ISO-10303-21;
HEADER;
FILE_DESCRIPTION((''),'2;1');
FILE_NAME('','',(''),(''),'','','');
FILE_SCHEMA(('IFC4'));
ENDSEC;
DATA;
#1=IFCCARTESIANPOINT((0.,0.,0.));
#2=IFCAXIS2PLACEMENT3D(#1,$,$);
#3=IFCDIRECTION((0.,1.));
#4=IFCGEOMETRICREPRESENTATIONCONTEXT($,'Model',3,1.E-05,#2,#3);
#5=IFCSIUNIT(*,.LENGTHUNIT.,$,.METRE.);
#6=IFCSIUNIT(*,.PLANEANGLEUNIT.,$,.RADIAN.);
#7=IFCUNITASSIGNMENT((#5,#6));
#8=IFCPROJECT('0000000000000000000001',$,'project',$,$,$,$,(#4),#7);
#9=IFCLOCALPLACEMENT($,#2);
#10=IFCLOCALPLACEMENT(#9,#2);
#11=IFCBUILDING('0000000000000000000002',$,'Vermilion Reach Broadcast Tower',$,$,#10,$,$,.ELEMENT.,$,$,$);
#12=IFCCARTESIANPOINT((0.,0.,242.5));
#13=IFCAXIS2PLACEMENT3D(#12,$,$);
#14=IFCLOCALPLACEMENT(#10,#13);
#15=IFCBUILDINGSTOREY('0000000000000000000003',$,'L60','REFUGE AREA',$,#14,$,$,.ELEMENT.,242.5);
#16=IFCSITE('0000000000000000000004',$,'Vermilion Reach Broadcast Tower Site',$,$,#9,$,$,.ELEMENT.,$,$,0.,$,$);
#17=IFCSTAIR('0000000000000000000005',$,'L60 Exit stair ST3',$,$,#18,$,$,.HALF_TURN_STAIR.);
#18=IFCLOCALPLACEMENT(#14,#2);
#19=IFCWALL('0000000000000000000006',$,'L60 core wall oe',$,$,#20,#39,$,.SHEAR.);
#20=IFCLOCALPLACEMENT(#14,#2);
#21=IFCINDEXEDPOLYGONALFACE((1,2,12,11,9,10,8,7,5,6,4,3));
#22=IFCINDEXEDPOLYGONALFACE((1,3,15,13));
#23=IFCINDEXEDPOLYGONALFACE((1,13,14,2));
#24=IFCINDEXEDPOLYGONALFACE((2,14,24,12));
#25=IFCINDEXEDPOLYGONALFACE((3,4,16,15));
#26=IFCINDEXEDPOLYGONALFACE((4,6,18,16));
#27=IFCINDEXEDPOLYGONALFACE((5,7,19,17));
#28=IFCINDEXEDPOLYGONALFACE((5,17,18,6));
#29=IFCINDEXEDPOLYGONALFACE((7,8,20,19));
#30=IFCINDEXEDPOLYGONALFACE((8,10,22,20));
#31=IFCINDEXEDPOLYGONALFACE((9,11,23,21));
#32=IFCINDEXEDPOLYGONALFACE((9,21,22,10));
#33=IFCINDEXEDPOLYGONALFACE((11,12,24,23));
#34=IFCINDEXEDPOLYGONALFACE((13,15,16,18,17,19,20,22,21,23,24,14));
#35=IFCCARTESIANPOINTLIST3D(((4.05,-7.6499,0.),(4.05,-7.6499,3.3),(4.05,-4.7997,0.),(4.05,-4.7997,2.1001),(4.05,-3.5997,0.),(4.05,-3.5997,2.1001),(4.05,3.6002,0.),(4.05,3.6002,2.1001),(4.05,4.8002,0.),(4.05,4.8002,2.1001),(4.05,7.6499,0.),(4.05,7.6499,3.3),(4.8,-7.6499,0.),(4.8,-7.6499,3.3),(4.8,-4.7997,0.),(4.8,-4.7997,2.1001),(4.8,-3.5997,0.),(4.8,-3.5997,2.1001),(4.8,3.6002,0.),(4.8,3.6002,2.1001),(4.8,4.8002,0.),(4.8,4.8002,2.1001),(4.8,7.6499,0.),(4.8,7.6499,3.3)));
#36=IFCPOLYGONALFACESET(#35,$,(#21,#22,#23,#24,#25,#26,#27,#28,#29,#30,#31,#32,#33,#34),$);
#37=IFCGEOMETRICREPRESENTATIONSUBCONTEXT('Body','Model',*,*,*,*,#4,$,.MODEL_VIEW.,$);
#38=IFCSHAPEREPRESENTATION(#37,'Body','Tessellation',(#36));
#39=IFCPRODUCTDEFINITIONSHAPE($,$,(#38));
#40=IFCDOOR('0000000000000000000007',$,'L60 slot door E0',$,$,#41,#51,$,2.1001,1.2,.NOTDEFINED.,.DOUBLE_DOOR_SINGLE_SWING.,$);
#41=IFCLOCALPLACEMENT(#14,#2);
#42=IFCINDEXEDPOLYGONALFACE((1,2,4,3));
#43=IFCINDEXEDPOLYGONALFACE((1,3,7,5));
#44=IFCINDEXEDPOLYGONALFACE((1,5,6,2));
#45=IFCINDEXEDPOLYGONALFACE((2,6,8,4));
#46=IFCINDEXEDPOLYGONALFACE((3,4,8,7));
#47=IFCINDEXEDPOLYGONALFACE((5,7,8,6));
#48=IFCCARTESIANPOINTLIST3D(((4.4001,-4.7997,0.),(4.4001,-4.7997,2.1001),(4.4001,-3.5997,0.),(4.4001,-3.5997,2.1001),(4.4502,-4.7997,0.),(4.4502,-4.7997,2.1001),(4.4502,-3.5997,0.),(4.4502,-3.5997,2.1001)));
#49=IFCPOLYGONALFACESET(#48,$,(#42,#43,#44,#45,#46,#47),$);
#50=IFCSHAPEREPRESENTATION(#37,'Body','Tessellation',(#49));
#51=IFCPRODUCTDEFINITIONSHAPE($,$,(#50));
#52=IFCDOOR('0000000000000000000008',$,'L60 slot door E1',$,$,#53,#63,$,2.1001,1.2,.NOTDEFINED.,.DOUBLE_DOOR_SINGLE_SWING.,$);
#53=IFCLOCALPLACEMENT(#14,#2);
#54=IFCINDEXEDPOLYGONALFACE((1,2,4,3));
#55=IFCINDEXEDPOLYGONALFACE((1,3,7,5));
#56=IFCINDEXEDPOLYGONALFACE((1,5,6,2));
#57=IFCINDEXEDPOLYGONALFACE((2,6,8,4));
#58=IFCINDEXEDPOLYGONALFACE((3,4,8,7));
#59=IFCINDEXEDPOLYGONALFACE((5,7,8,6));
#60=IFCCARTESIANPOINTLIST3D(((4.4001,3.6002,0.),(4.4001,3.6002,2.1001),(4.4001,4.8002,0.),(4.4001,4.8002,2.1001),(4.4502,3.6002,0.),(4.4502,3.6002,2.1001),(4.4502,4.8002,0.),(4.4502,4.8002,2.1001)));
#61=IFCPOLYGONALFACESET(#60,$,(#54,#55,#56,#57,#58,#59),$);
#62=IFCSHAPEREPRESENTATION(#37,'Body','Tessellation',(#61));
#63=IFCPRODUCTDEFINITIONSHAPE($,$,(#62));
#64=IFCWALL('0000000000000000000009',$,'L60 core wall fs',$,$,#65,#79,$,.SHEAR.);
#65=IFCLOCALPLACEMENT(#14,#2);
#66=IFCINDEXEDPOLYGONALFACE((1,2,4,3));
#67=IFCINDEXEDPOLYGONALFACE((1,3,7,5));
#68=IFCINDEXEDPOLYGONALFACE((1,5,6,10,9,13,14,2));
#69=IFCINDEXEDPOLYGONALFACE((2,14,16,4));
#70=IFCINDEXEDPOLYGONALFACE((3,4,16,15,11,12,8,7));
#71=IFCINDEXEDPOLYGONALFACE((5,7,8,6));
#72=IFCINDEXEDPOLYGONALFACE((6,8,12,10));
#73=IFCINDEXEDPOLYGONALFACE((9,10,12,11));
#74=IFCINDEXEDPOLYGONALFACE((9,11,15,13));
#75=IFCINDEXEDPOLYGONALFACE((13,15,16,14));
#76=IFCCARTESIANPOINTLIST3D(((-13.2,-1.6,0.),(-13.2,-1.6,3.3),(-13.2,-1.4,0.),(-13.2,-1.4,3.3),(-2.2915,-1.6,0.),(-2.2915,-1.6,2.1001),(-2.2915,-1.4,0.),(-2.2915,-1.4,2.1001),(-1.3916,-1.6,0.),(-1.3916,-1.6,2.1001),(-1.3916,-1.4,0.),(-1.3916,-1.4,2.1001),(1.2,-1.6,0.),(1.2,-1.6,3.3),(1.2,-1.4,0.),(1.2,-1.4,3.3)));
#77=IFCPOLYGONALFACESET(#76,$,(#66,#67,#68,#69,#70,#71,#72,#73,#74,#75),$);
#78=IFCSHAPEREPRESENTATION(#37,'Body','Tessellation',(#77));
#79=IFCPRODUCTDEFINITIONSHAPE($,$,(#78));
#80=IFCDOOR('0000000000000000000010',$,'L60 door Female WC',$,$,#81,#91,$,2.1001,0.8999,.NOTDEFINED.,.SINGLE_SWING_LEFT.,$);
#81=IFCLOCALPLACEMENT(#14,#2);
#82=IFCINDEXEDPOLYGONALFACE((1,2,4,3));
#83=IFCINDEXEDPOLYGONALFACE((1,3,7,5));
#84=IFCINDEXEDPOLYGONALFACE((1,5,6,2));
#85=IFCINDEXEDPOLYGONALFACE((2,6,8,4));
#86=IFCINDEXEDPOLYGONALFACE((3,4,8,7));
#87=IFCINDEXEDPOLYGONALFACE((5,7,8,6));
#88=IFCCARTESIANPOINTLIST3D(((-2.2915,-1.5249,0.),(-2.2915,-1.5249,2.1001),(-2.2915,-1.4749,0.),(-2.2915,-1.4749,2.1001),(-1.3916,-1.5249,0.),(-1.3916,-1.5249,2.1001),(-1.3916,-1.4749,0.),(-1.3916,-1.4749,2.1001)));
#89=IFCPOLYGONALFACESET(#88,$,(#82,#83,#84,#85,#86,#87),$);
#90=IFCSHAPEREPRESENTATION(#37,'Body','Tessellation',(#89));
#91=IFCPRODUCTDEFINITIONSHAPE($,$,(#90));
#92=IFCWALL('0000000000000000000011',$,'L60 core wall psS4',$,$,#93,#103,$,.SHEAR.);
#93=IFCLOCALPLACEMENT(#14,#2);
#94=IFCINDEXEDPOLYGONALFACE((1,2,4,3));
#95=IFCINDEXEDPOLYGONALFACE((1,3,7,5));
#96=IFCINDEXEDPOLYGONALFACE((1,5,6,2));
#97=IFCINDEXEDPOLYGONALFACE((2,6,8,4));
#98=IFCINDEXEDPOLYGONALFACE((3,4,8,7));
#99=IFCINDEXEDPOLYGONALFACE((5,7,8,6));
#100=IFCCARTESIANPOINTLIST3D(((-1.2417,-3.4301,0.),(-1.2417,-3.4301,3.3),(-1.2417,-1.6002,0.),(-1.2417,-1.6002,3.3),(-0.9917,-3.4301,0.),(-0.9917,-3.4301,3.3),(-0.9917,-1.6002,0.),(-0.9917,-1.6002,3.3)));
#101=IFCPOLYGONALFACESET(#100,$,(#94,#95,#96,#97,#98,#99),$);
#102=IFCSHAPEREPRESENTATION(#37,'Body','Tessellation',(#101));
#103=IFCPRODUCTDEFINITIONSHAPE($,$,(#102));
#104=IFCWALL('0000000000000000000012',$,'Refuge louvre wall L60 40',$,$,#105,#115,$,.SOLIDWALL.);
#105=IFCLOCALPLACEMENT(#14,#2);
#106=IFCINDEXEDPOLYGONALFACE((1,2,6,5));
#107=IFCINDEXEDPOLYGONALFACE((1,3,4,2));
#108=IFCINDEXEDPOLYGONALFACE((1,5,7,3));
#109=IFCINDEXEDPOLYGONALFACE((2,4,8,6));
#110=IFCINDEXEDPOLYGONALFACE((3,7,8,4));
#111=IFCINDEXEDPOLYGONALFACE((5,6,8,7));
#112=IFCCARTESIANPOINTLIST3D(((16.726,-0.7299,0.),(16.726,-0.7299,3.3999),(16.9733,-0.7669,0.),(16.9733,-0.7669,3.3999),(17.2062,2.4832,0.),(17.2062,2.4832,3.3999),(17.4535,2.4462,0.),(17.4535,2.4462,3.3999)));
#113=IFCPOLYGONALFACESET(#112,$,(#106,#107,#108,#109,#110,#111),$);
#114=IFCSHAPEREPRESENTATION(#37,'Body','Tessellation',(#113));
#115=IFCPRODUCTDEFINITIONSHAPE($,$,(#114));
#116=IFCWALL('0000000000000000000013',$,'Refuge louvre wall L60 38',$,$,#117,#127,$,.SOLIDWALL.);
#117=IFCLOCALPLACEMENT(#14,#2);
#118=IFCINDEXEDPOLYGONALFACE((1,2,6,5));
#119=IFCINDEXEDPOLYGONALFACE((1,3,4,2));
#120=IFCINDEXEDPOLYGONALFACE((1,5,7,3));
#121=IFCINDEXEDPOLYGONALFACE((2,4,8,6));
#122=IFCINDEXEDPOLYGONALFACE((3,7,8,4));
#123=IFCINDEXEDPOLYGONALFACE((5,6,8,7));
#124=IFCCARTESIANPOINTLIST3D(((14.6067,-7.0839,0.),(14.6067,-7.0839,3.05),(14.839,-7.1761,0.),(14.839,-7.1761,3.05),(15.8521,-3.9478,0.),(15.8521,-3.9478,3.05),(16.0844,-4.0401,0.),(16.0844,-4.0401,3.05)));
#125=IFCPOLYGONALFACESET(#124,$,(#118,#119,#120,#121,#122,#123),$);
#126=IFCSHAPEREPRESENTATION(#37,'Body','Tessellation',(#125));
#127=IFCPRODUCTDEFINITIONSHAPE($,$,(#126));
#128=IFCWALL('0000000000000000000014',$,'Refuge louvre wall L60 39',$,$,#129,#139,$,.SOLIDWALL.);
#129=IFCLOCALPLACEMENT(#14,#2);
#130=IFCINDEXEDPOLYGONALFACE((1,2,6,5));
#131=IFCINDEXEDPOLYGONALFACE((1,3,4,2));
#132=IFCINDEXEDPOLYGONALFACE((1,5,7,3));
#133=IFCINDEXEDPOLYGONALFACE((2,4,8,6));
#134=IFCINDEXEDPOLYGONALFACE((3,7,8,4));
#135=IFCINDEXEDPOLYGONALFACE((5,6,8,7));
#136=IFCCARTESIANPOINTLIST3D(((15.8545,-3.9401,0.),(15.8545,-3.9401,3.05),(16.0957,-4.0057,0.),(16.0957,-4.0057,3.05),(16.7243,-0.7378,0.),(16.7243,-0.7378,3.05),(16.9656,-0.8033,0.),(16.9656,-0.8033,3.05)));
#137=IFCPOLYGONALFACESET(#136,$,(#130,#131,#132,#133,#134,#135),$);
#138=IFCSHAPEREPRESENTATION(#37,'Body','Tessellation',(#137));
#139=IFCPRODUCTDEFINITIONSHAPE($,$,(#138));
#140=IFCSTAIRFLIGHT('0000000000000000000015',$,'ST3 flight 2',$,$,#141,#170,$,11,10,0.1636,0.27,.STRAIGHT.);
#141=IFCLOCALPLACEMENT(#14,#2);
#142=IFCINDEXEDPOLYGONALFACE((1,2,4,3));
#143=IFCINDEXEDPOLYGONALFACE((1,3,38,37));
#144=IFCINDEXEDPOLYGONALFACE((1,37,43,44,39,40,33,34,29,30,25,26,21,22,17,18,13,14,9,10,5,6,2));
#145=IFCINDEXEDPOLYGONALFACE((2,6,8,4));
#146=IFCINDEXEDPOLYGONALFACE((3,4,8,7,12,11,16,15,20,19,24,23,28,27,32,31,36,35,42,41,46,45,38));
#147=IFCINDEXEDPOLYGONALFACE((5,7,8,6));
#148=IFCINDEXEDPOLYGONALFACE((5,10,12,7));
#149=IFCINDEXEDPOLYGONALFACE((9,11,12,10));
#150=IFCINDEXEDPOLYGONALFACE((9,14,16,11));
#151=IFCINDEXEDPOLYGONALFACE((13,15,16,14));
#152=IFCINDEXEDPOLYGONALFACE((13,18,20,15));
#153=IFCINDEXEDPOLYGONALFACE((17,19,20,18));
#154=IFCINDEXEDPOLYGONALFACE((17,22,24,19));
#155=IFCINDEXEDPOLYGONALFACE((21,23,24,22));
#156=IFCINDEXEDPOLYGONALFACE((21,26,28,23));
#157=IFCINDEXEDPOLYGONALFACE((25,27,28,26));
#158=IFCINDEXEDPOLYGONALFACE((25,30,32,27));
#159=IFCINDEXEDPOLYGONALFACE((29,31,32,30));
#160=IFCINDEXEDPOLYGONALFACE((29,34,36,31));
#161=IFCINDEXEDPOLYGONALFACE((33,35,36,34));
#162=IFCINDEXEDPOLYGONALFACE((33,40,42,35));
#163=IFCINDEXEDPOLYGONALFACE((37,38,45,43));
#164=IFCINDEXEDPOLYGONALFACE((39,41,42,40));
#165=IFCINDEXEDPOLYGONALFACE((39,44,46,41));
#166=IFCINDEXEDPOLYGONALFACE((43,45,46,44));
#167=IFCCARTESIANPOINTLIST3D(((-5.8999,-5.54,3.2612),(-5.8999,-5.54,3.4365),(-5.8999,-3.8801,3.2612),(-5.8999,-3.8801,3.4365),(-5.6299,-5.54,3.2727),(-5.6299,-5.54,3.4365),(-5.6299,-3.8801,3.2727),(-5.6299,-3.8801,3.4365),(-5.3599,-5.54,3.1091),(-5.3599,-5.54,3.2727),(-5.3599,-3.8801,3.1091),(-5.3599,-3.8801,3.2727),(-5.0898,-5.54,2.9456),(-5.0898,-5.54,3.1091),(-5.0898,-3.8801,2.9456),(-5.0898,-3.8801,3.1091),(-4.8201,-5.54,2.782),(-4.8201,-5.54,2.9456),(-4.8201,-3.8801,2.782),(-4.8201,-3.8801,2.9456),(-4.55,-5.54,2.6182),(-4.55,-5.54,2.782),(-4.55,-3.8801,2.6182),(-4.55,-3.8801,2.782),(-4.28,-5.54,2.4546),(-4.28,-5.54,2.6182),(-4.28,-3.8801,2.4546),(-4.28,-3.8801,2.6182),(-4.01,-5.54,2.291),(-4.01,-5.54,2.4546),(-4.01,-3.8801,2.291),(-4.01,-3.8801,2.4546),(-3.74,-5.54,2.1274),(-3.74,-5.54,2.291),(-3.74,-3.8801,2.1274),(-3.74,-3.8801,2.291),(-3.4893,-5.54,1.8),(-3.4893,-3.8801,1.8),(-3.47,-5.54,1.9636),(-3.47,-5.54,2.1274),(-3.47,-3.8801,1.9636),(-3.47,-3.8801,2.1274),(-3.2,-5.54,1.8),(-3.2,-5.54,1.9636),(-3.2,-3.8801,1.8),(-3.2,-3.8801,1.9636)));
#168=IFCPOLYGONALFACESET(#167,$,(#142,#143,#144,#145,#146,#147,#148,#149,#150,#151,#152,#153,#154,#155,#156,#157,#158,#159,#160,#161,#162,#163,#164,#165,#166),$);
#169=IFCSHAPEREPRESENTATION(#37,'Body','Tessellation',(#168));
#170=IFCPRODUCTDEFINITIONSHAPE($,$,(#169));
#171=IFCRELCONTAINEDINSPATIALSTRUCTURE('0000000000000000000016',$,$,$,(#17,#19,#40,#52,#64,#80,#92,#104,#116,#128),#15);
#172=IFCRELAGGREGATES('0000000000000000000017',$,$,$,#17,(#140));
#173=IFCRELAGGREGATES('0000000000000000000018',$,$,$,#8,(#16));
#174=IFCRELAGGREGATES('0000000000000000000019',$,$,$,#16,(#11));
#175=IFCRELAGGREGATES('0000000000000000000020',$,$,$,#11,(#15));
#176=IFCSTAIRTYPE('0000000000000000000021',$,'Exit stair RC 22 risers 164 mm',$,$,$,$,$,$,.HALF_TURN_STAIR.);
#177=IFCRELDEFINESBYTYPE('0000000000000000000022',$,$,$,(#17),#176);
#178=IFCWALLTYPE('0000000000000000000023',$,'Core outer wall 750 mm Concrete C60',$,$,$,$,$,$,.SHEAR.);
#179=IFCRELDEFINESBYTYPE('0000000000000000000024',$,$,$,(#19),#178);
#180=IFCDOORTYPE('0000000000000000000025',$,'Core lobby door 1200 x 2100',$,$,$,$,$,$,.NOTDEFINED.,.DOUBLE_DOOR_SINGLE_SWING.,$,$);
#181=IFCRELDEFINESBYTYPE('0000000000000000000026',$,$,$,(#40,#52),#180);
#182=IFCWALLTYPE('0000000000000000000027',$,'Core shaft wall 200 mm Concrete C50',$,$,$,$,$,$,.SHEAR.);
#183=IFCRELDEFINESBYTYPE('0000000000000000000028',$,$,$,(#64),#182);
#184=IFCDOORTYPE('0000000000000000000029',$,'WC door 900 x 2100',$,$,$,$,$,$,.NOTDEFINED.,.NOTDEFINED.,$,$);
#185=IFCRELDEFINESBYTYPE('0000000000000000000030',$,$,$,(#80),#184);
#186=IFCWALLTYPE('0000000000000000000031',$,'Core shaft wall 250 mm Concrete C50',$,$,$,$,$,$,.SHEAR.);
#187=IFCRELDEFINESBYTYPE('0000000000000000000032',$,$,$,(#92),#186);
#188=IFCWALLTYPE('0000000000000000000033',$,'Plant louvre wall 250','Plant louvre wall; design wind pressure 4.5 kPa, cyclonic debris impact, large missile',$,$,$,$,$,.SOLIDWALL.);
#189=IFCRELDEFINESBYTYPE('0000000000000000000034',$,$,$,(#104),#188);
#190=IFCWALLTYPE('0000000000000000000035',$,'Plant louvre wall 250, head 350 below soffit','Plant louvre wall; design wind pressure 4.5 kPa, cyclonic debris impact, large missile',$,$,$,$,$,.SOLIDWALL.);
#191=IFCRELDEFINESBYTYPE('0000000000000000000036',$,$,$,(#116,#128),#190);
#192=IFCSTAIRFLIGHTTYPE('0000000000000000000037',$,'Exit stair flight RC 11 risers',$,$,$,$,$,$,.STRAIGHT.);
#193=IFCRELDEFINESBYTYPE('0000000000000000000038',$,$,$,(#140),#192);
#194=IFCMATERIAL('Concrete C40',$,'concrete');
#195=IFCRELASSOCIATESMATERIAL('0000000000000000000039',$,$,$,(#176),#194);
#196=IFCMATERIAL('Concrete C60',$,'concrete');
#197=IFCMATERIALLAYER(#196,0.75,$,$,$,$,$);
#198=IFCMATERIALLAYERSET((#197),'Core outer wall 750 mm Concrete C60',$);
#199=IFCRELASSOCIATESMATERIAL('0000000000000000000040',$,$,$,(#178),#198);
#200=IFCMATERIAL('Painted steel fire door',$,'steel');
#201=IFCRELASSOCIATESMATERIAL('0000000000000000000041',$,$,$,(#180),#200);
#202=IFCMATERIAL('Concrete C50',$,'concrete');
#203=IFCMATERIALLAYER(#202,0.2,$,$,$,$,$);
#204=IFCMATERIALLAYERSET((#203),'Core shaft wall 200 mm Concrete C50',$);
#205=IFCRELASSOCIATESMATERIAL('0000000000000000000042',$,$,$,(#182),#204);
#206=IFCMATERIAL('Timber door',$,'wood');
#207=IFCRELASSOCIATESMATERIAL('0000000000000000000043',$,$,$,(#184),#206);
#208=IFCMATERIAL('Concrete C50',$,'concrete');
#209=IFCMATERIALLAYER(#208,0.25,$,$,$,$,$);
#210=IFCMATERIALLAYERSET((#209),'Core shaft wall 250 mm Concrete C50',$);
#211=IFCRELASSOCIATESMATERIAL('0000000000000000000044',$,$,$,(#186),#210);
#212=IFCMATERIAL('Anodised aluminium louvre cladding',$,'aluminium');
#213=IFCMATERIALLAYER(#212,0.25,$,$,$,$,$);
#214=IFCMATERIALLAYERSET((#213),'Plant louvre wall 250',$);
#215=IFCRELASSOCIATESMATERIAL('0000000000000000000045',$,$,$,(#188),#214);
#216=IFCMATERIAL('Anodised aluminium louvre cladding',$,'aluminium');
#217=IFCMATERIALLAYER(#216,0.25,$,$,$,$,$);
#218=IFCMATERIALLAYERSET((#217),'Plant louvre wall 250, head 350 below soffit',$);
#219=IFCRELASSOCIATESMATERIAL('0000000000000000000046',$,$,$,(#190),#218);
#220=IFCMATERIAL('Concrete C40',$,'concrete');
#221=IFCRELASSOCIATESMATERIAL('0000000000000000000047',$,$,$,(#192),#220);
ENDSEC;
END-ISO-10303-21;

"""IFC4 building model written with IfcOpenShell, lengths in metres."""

from ifc_helpers import new_model, si_unit, direction, frame, frame_2d, origin, place, context, subcontext, project, spatial, polyline, rectangle, outline, extrude, material, layer, layer_set, type_object, element, fill, aggregate, save


model = new_model("IFC4")

# Units and contexts
model_context = context("Model", 3, precision=1e-05, world=origin(), true_north=direction((0.0, 1.0)))
body_context = subcontext(model_context, "Body", "Model", "MODEL_VIEW")
ifc_project = project(units=[si_unit("LENGTHUNIT", "METRE"), si_unit("PLANEANGLEUNIT", "RADIAN")], contexts=[model_context])

# Site, building, storey
site_placement = place(None, origin())
site = spatial("IfcSite", under=ifc_project, at=site_placement, Name="Vermilion Reach Broadcast Tower Site", CompositionType="ELEMENT", RefElevation=0.0)
building_placement = place(site_placement, origin())
building = spatial("IfcBuilding", under=site, at=building_placement, Name="Vermilion Reach Broadcast Tower", CompositionType="ELEMENT")
storey_placement = place(building_placement, frame((0.0, 0.0, 242.5)))
storey = spatial("IfcBuildingStorey", under=building, at=storey_placement, Name="L60", Description="REFUGE AREA", CompositionType="ELEMENT", Elevation=242.5)

# Stair
ifc_material_1 = material(Name="Concrete C40", Category="concrete")
stair_type = type_object("IfcStairType", Name="Exit stair RC 22 risers 164 mm", PredefinedType="HALF_TURN_STAIR", material=ifc_material_1)
placement_1 = place(storey_placement, origin())
stair_1 = element("IfcStair", 1, at=placement_1, inside=storey, type_object=stair_type, Name="L60 Exit stair ST3", PredefinedType="HALF_TURN_STAIR")

# Wall, openings, doors
ifc_material_2 = material(Name="Concrete C60", Category="concrete")
ifc_layer_1 = layer(ifc_material_2, 0.75)
ifc_layer_set_1 = layer_set([ifc_layer_1], Name="Core outer wall 750 mm Concrete C60")
wall_type_1 = type_object("IfcWallType", Name="Core outer wall 750 mm Concrete C60", PredefinedType="SHEAR", material=ifc_layer_set_1)
wall_1_placement = place(storey_placement, frame((4.425, -7.6499, 0.0), z_axis=(0.0, 0.0, 1.0), x_axis=(0.0, 1.0, 0.0)))
wall_1 = element("IfcWall", 2, at=wall_1_placement, inside=storey, type_object=wall_type_1, Name="L60 core wall oe", PredefinedType="SHEAR", context=body_context, shape_type="SweptSolid", body=[
    extrude(rectangle(XDim=15.2998, YDim=0.75, at=frame_2d((7.6499, 0.0))), origin(), (0.0, 0.0, 1.0), 3.3),
])
opening_1_placement = place(wall_1_placement, frame((2.8501, 0.0, 0.0)))
opening_1 = element("IfcOpeningElement", 3, at=opening_1_placement, cuts=wall_1, PredefinedType="OPENING", context=body_context, shape_type="SweptSolid", body=[
    extrude(rectangle(XDim=1.2, YDim=2.1001, at=frame_2d((0.6001, 1.05))), frame((0.0, 0.385, 0.0), z_axis=(0.0, -1.0, 0.0), x_axis=(1.0, 0.0, 0.0)), (0.0, 0.0, 1.0), 0.77),
])
opening_2_placement = place(wall_1_placement, frame((11.25, 0.0, 0.0)))
opening_2 = element("IfcOpeningElement", 4, at=opening_2_placement, cuts=wall_1, PredefinedType="OPENING", context=body_context, shape_type="SweptSolid", body=[
    extrude(rectangle(XDim=1.2, YDim=2.1001, at=frame_2d((0.6001, 1.05))), frame((0.0, 0.385, 0.0), z_axis=(0.0, -1.0, 0.0), x_axis=(1.0, 0.0, 0.0)), (0.0, 0.0, 1.0), 0.77),
])
ifc_material_3 = material(Name="Painted steel fire door", Category="steel")
door_type_1 = type_object("IfcDoorType", Name="Core lobby door 1200 x 2100", OperationType="DOUBLE_DOOR_SINGLE_SWING", PredefinedType="NOTDEFINED", material=ifc_material_3)
door_1_placement = place(opening_1_placement, origin())
door_1 = element("IfcDoor", 5, at=door_1_placement, inside=storey, type_object=door_type_1, Name="L60 slot door E0", OperationType="DOUBLE_DOOR_SINGLE_SWING", OverallHeight=2.1001, OverallWidth=1.2, PredefinedType="NOTDEFINED", context=body_context, shape_type="SweptSolid", body=[
    extrude(rectangle(XDim=1.2, YDim=2.1001, at=frame_2d((0.6001, 1.05))), frame((0.0, 0.0249, 0.0), z_axis=(0.0, -1.0, 0.0), x_axis=(1.0, 0.0, 0.0)), (0.0, 0.0, 1.0), 0.05),
])
fill(opening_1, door_1)
door_2_placement = place(opening_2_placement, origin())
door_2 = element("IfcDoor", 6, at=door_2_placement, inside=storey, type_object=door_type_1, Name="L60 slot door E1", OperationType="DOUBLE_DOOR_SINGLE_SWING", OverallHeight=2.1001, OverallWidth=1.2, PredefinedType="NOTDEFINED", context=body_context, shape_type="SweptSolid", body=[
    extrude(rectangle(XDim=1.2, YDim=2.1001, at=frame_2d((0.6001, 1.05))), frame((0.0, 0.0249, 0.0), z_axis=(0.0, -1.0, 0.0), x_axis=(1.0, 0.0, 0.0)), (0.0, 0.0, 1.0), 0.05),
])
fill(opening_2, door_2)

# Wall, opening, door
ifc_material_4 = material(Name="Concrete C50", Category="concrete")
ifc_layer_2 = layer(ifc_material_4, 0.2)
ifc_layer_set_2 = layer_set([ifc_layer_2], Name="Core shaft wall 200 mm Concrete C50")
wall_type_2 = type_object("IfcWallType", Name="Core shaft wall 200 mm Concrete C50", PredefinedType="SHEAR", material=ifc_layer_set_2)
wall_2_placement = place(storey_placement, frame((1.2, -1.5, 0.0), z_axis=(0.0, 0.0, 1.0), x_axis=(-1.0, 0.0, 0.0)))
wall_2 = element("IfcWall", 7, at=wall_2_placement, inside=storey, type_object=wall_type_2, Name="L60 core wall fs", PredefinedType="SHEAR", context=body_context, shape_type="SweptSolid", body=[
    extrude(rectangle(XDim=14.3999, YDim=0.2, at=frame_2d((7.2, 0.0))), origin(), (0.0, 0.0, 1.0), 3.3),
])
opening_3_placement = place(wall_2_placement, frame((2.5916, 0.0, 0.0)))
opening_3 = element("IfcOpeningElement", 8, at=opening_3_placement, cuts=wall_2, PredefinedType="OPENING", context=body_context, shape_type="SweptSolid", body=[
    extrude(rectangle(XDim=0.8999, YDim=2.1001, at=frame_2d((0.45, 1.05))), frame((0.0, 0.1099, 0.0), z_axis=(0.0, -1.0, 0.0), x_axis=(1.0, 0.0, 0.0)), (0.0, 0.0, 1.0), 0.22),
])
ifc_material_5 = material(Name="Timber door", Category="wood")
door_type_2 = type_object("IfcDoorType", Name="WC door 900 x 2100", OperationType="NOTDEFINED", PredefinedType="NOTDEFINED", material=ifc_material_5)
door_3_placement = place(opening_3_placement, origin())
door_3 = element("IfcDoor", 9, at=door_3_placement, inside=storey, type_object=door_type_2, Name="L60 door Female WC", OperationType="SINGLE_SWING_LEFT", OverallHeight=2.1001, OverallWidth=0.8999, PredefinedType="NOTDEFINED", context=body_context, shape_type="SweptSolid", body=[
    extrude(rectangle(XDim=0.8999, YDim=2.1001, at=frame_2d((0.45, 1.05))), frame((0.0, 0.0249, 0.0), z_axis=(0.0, -1.0, 0.0), x_axis=(1.0, 0.0, 0.0)), (0.0, 0.0, 1.0), 0.05),
])
fill(opening_3, door_3)

# Walls
ifc_material_6 = material(Name="Concrete C50", Category="concrete")
ifc_layer_3 = layer(ifc_material_6, 0.25)
ifc_layer_set_3 = layer_set([ifc_layer_3], Name="Core shaft wall 250 mm Concrete C50")
wall_type_3 = type_object("IfcWallType", Name="Core shaft wall 250 mm Concrete C50", PredefinedType="SHEAR", material=ifc_layer_set_3)
wall_3_placement = place(storey_placement, frame((-1.1167, -1.6001, 0.0), z_axis=(0.0, 0.0, 1.0), x_axis=(0.0, -1.0, 0.0)))
element("IfcWall", 10, at=wall_3_placement, inside=storey, type_object=wall_type_3, Name="L60 core wall psS4", PredefinedType="SHEAR", context=body_context, shape_type="SweptSolid", body=[
    extrude(rectangle(XDim=1.8298, YDim=0.25, at=frame_2d((0.915, 0.0))), origin(), (0.0, 0.0, 1.0), 3.3),
])
ifc_material_7 = material(Name="Anodised aluminium louvre cladding", Category="aluminium")
ifc_layer_4 = layer(ifc_material_7, 0.25)
ifc_layer_set_4 = layer_set([ifc_layer_4], Name="Plant louvre wall 250")
wall_type_4 = type_object("IfcWallType", Name="Plant louvre wall 250", Description="Plant louvre wall; design wind pressure 4.5 kPa, cyclonic debris impact, large missile", PredefinedType="SOLIDWALL", material=ifc_layer_set_4)
wall_4_placement = place(storey_placement, frame((16.8496, -0.7485, 0.0), z_axis=(0.0, 0.0, 1.0), x_axis=(0.147815, 0.989015, 0.0)))
element("IfcWall", 11, at=wall_4_placement, inside=storey, type_object=wall_type_4, Name="Refuge louvre wall L60 40", PredefinedType="SOLIDWALL", context=body_context, shape_type="SweptSolid", body=[
    extrude(rectangle(XDim=3.2488, YDim=0.25, at=frame_2d((1.6245, 0.0))), origin(), (0.0, 0.0, 1.0), 3.3999),
])
ifc_material_8 = material(Name="Anodised aluminium louvre cladding", Category="aluminium")
ifc_layer_5 = layer(ifc_material_8, 0.25)
ifc_layer_set_5 = layer_set([ifc_layer_5], Name="Plant louvre wall 250, head 350 below soffit")
wall_type_5 = type_object("IfcWallType", Name="Plant louvre wall 250, head 350 below soffit", Description="Plant louvre wall; design wind pressure 4.5 kPa, cyclonic debris impact, large missile", PredefinedType="SOLIDWALL", material=ifc_layer_set_5)
wall_5_placement = place(storey_placement, frame((14.7229, -7.1299, 0.0), z_axis=(0.0, 0.0, 1.0), x_axis=(0.369082, 0.929397, 0.0)))
element("IfcWall", 12, at=wall_5_placement, inside=storey, type_object=wall_type_5, Name="Refuge louvre wall L60 38", PredefinedType="SOLIDWALL", context=body_context, shape_type="SweptSolid", body=[
    extrude(rectangle(XDim=3.3743, YDim=0.25, at=frame_2d((1.687, 0.0))), origin(), (0.0, 0.0, 1.0), 3.05),
])
wall_6_placement = place(storey_placement, frame((15.9751, -3.9729, 0.0), z_axis=(0.0, 0.0, 1.0), x_axis=(0.262134, 0.965032, 0.0)))
element("IfcWall", 13, at=wall_6_placement, inside=storey, type_object=wall_type_5, Name="Refuge louvre wall L60 39", PredefinedType="SOLIDWALL", context=body_context, shape_type="SweptSolid", body=[
    extrude(rectangle(XDim=3.3184, YDim=0.25, at=frame_2d((1.6592, 0.0))), origin(), (0.0, 0.0, 1.0), 3.05),
])

# Stair flight
ifc_material_9 = material(Name="Concrete C40", Category="concrete")
stair_flight_type = type_object("IfcStairFlightType", Name="Exit stair flight RC 11 risers", PredefinedType="STRAIGHT", material=ifc_material_9)
stair_flight_placement = place(storey_placement, frame((-3.2, -4.71, 1.8), z_axis=(0.0, 0.0, 1.0), x_axis=(-1.0, 0.0, 0.0)))
stair_flight = element("IfcStairFlight", 14, at=stair_flight_placement, type_object=stair_flight_type, Name="ST3 flight 2", NumberOfRisers=11, NumberOfTreads=10, PredefinedType="STRAIGHT", RiserHeight=0.1636, TreadLength=0.27, context=body_context, shape_type="SweptSolid", body=[
    extrude(outline(polyline([(0.0, 0.0), (0.0, 0.1636), (0.27, 0.1636), (0.27, 0.3274), (0.54, 0.3274), (0.54, 0.491), (0.8101, 0.491), (0.8101, 0.6545), (1.0801, 0.6545), (1.0801, 0.8181), (1.3501, 0.8181), (1.3501, 0.9819), (1.6201, 0.9819), (1.6201, 1.1455), (1.8899, 1.1455), (1.8899, 1.3091), (2.1599, 1.3091), (2.1599, 1.4727), (2.4299, 1.4727), (2.4299, 1.6365), (2.7, 1.6365), (2.7, 1.8), (2.7, 1.4612), (0.2893, 0.0), (0.0, 0.0)])), frame((0.0, 0.8301, 0.0), z_axis=(0.0, -1.0, 0.0), x_axis=(1.0, 0.0, 0.0)), (0.0, 0.0, 1.0), 1.6599),
])
aggregate(stair_1, [stair_flight])

save(model, "model.ifc")
